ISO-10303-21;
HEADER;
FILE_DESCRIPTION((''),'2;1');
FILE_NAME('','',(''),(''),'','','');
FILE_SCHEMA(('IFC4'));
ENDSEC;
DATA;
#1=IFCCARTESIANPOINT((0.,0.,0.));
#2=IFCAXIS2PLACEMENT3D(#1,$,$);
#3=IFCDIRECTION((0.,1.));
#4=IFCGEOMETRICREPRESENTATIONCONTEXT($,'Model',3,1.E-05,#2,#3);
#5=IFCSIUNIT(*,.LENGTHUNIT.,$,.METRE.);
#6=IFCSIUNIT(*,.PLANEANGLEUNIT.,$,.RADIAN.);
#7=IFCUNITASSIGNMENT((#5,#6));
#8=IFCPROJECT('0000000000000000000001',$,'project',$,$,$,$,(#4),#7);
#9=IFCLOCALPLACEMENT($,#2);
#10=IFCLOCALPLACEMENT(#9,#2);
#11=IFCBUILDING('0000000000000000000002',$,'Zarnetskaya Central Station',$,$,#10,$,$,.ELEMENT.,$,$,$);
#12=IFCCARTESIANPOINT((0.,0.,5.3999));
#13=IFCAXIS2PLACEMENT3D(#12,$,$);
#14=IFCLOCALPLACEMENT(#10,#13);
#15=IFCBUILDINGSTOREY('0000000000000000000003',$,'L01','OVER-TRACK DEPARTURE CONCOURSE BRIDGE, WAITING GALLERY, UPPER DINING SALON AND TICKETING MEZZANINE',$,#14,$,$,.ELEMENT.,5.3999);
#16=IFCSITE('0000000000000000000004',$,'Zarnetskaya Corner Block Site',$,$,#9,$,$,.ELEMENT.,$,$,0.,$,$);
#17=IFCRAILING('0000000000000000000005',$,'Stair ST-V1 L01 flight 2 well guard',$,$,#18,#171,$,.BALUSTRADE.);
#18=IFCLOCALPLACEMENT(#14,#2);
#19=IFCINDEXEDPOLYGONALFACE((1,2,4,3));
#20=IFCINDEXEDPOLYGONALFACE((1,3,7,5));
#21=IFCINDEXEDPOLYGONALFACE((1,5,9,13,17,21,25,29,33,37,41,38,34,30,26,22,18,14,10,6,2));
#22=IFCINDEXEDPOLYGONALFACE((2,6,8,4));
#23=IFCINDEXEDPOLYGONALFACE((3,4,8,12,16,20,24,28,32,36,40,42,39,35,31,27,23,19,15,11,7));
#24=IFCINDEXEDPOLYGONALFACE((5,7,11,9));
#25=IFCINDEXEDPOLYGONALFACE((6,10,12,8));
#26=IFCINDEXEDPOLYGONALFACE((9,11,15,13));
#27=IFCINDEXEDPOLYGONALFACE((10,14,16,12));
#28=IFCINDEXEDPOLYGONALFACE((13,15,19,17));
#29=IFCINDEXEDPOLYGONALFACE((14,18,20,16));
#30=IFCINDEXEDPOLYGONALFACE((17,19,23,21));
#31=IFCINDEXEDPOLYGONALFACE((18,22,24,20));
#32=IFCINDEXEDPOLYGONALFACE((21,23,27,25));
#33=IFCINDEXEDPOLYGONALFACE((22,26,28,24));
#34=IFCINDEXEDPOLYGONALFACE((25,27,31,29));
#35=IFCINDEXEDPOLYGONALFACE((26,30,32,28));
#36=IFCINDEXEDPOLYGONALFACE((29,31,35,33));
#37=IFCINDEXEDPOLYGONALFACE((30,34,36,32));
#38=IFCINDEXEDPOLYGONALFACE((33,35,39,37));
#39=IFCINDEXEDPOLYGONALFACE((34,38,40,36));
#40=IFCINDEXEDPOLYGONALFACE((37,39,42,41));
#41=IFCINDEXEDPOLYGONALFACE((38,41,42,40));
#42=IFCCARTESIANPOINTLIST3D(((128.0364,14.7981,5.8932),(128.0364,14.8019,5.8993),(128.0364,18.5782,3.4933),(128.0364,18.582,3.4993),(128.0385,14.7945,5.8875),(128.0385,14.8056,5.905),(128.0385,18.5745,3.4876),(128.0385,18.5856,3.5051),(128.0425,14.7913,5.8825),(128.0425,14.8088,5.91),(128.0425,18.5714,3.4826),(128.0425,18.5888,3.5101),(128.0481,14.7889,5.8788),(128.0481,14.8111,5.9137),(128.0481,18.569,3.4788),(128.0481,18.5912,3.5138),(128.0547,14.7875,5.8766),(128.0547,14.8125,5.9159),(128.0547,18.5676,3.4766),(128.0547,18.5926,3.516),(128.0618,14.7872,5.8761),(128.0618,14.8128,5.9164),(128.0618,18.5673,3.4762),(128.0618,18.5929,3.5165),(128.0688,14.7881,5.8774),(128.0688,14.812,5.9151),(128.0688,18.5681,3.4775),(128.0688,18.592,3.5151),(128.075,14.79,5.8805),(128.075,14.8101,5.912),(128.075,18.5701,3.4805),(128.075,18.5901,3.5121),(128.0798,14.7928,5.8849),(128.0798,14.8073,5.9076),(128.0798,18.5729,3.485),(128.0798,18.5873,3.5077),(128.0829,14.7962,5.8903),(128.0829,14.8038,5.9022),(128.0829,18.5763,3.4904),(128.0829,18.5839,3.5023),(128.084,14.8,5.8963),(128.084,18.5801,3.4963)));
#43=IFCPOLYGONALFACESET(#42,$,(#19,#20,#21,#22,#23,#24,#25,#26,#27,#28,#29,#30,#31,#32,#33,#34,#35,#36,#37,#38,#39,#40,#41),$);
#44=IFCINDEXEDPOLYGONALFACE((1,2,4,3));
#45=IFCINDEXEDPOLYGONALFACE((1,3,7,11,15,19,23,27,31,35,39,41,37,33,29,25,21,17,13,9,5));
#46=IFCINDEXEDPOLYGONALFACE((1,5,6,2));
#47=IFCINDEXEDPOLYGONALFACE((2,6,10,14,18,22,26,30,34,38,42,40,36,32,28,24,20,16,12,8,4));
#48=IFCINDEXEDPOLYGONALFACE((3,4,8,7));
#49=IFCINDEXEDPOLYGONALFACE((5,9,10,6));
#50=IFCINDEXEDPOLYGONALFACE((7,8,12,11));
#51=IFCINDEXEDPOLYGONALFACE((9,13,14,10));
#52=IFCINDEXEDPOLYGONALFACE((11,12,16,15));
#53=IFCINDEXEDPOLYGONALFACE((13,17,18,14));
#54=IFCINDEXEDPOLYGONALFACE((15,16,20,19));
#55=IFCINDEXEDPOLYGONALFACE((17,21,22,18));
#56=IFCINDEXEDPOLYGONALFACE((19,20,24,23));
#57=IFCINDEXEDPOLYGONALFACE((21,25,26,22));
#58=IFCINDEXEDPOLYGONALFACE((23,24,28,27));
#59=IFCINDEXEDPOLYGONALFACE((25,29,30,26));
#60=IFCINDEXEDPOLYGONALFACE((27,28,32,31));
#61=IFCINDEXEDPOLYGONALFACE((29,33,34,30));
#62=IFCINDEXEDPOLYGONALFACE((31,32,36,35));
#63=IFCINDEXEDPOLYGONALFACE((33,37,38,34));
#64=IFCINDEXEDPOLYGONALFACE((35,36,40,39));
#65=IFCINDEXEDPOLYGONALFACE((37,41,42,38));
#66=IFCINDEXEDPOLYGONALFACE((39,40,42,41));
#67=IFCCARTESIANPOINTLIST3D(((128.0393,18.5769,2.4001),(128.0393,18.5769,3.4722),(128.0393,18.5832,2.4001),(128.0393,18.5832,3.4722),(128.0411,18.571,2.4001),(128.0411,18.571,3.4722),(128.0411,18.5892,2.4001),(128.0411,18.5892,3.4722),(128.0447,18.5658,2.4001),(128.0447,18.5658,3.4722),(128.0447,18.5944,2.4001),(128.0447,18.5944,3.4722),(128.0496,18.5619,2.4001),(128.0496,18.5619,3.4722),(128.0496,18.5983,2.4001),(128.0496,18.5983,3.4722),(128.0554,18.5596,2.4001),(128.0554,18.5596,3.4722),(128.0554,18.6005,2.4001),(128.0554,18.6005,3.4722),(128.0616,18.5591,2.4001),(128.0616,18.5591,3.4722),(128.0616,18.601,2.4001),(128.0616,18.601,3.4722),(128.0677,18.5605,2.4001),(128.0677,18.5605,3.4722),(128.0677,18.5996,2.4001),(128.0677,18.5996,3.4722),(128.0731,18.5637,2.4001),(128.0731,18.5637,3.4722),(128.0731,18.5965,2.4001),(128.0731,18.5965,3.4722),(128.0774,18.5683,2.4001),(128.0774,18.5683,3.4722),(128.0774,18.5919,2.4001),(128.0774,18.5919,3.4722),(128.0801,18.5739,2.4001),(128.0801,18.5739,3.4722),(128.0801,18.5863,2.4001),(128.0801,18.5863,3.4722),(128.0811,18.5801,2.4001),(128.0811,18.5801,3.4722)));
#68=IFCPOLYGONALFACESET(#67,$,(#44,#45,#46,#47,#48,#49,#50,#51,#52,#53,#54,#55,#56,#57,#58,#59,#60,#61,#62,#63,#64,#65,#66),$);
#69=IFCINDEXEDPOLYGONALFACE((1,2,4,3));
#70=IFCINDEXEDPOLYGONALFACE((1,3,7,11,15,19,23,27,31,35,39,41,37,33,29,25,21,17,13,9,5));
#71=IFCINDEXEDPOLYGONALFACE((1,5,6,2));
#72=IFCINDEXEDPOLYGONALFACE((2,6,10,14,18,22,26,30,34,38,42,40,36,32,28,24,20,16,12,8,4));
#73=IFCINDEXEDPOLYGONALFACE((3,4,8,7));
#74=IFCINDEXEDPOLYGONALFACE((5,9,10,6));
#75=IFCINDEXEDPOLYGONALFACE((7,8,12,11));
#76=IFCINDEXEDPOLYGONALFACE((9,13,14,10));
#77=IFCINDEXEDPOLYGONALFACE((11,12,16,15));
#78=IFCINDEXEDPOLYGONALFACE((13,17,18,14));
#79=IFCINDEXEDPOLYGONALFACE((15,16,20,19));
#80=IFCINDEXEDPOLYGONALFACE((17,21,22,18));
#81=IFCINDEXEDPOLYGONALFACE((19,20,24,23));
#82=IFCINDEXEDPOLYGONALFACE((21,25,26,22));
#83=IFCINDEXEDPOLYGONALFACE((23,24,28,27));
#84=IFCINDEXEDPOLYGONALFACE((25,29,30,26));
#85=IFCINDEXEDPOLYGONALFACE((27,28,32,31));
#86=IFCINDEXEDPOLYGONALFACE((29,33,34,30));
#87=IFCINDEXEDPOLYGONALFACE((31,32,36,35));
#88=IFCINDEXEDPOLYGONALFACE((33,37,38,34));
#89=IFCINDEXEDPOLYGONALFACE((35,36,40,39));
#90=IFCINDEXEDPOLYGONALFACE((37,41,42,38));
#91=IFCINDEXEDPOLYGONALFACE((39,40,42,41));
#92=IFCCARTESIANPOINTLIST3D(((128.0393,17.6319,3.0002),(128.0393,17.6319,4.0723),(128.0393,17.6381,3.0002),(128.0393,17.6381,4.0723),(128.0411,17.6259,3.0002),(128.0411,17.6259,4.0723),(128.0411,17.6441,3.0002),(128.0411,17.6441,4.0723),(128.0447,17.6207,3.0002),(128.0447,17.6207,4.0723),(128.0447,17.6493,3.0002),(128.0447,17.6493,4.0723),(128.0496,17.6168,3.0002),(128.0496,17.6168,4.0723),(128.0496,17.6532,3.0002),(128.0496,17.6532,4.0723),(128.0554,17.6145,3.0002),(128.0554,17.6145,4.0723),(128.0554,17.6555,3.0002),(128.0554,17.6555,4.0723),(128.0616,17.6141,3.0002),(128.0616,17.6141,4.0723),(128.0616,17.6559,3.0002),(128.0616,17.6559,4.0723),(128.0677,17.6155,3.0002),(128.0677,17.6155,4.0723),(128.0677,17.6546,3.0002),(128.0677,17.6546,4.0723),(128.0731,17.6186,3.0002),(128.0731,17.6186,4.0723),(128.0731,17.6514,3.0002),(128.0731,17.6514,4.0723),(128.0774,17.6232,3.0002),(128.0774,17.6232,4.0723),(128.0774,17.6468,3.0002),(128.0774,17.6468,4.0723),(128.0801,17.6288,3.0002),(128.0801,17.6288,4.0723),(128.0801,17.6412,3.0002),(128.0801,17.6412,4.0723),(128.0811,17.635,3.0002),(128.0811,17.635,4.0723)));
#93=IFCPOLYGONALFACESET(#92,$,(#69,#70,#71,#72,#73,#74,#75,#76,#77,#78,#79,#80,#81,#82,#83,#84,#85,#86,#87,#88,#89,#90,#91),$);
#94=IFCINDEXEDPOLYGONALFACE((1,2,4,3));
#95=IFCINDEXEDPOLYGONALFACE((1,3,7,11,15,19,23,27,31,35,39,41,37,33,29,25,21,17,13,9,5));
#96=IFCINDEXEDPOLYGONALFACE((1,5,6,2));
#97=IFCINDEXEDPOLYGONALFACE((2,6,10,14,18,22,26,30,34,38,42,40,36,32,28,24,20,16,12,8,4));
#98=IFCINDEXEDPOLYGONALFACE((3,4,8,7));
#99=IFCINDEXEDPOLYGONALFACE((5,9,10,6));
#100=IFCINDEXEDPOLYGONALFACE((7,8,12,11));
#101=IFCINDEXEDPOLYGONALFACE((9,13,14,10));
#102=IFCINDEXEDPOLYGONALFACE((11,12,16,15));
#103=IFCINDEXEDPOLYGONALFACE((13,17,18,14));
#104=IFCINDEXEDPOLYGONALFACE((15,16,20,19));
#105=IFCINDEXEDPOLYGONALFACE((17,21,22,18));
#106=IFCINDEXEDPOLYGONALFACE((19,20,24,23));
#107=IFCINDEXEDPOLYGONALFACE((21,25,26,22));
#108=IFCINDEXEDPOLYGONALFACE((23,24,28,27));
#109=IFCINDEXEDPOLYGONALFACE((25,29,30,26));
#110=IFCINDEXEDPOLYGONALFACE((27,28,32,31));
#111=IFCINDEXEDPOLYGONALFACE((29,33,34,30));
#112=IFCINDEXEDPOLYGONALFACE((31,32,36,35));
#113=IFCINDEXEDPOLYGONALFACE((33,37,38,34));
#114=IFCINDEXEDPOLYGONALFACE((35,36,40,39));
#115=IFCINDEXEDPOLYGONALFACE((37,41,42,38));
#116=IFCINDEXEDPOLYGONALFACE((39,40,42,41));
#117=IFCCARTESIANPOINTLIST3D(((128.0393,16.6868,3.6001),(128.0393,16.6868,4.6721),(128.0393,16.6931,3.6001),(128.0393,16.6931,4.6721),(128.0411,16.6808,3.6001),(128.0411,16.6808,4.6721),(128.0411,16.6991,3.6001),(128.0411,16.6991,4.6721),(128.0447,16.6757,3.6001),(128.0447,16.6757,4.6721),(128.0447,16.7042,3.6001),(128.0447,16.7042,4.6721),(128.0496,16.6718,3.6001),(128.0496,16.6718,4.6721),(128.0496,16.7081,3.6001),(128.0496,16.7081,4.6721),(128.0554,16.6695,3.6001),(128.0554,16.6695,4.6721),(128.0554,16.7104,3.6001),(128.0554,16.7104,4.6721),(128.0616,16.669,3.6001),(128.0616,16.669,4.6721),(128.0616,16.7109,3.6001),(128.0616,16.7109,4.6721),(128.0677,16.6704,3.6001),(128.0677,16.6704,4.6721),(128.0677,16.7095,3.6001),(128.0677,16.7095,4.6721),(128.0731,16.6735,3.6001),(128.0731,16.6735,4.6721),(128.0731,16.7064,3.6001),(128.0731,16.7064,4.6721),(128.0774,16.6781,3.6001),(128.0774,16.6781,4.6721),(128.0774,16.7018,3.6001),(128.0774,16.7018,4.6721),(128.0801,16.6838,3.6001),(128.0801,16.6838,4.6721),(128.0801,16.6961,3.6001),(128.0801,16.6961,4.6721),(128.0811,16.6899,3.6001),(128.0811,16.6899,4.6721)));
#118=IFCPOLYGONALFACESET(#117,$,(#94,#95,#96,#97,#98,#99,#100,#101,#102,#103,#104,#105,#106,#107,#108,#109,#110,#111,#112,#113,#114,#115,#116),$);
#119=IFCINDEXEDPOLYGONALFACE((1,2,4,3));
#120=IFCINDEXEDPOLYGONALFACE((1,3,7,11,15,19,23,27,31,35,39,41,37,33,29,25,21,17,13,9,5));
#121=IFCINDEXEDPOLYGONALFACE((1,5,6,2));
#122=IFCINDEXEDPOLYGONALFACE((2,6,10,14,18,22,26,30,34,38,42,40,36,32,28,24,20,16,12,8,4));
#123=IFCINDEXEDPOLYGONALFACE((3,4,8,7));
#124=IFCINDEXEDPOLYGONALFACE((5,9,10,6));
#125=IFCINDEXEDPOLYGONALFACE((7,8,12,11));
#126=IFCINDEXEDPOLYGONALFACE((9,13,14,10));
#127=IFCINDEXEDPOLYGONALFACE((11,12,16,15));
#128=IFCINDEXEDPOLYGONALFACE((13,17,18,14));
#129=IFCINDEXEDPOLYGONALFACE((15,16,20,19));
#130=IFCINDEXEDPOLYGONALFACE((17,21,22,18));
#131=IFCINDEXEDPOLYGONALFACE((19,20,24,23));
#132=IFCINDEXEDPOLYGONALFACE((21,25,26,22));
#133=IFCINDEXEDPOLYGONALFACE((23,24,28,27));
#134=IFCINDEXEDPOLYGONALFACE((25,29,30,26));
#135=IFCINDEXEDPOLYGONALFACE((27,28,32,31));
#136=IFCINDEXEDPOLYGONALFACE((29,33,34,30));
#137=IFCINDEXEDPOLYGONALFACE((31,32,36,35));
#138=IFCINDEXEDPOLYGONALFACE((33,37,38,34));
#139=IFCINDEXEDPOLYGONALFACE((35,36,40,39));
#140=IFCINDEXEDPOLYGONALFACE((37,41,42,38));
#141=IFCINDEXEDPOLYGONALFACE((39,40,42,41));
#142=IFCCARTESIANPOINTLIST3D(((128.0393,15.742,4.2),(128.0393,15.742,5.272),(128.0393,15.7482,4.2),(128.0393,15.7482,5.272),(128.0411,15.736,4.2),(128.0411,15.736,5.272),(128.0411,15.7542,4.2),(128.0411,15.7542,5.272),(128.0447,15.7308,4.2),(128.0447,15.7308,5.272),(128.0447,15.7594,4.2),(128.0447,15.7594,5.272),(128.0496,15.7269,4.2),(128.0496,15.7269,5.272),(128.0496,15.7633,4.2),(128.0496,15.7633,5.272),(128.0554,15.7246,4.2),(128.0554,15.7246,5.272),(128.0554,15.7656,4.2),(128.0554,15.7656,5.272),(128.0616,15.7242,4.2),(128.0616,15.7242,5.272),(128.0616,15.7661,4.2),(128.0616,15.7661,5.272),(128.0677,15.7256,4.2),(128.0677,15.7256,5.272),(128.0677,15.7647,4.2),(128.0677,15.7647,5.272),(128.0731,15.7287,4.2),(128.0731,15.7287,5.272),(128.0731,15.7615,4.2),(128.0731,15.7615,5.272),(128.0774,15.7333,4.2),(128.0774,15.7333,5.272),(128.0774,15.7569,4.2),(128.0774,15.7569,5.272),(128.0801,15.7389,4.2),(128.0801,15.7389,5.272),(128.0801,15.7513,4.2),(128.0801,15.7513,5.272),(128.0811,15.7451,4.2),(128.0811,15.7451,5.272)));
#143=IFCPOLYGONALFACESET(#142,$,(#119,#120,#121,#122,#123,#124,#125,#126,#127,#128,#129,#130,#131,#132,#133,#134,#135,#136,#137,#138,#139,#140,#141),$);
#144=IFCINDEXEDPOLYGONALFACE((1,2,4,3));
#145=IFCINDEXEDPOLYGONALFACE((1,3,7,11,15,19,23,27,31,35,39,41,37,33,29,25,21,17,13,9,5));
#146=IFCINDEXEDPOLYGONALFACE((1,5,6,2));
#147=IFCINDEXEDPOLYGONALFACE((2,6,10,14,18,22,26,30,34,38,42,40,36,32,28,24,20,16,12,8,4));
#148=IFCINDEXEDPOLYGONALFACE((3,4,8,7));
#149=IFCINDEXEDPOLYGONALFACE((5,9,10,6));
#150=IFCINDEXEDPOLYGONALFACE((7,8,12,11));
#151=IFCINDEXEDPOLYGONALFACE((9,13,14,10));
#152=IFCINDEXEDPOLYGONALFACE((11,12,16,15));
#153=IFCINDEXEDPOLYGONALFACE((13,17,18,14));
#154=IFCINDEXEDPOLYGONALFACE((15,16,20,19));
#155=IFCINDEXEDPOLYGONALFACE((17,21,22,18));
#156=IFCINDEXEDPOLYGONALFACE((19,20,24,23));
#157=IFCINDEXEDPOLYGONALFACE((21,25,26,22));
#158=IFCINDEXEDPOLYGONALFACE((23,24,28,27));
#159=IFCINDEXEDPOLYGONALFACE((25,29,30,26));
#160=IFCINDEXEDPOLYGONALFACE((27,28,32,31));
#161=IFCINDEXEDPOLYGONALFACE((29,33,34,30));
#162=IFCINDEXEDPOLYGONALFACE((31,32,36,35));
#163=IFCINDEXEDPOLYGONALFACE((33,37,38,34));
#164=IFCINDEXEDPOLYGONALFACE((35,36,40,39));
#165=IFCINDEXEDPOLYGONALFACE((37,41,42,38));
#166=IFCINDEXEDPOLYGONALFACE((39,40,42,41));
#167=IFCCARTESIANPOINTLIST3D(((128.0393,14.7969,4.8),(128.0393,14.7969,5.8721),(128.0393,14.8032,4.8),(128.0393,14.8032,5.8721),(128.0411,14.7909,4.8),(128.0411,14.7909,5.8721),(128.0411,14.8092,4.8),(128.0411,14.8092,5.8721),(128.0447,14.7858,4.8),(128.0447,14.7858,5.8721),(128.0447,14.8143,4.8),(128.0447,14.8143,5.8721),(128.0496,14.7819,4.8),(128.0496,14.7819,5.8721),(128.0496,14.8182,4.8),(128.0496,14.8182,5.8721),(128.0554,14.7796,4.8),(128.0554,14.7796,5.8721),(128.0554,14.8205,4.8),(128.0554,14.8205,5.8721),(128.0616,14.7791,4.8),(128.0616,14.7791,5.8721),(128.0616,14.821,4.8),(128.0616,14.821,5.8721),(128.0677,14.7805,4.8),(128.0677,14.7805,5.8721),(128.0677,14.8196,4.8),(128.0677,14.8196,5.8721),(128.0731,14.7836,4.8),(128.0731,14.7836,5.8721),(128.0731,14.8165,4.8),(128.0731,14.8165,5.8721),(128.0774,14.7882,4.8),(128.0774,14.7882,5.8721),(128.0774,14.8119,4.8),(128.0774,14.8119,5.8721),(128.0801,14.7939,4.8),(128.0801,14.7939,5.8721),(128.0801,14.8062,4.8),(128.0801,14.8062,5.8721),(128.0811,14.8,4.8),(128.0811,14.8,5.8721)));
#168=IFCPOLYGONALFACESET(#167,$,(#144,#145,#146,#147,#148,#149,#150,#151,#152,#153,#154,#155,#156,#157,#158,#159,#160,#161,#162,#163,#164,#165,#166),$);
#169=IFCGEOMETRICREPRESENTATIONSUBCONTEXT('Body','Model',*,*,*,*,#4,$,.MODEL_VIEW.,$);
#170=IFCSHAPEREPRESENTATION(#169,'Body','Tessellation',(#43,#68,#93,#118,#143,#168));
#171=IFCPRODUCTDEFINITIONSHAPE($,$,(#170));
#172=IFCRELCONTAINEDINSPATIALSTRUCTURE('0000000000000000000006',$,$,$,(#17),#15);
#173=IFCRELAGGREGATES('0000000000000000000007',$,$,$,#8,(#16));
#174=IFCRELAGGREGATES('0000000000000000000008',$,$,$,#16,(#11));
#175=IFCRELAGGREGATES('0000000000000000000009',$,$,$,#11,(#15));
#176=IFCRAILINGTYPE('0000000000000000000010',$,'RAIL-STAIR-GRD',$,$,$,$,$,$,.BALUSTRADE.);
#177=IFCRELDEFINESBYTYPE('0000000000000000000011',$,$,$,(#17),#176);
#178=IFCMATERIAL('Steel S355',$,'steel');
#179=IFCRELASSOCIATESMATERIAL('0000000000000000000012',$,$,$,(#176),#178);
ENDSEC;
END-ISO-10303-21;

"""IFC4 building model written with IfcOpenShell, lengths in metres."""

from ifc_helpers import new_model, si_unit, direction, frame, origin, origin_2d, place, context, subcontext, project, spatial, circle, extrude, material, type_object, element, save


model = new_model("IFC4")

# Units and contexts
model_context = context("Model", 3, precision=1e-05, world=origin(), true_north=direction((0.0, 1.0)))
body_context = subcontext(model_context, "Body", "Model", "MODEL_VIEW")
ifc_project = project(units=[si_unit("LENGTHUNIT", "METRE"), si_unit("PLANEANGLEUNIT", "RADIAN")], contexts=[model_context])

# Site, building, storey
site_placement = place(None, origin())
site = spatial("IfcSite", under=ifc_project, at=site_placement, Name="Zarnetskaya Corner Block Site", CompositionType="ELEMENT", RefElevation=0.0)
building_placement = place(site_placement, origin())
building = spatial("IfcBuilding", under=site, at=building_placement, Name="Zarnetskaya Central Station", CompositionType="ELEMENT")
storey_placement = place(building_placement, frame((0.0, 0.0, 5.3999)))
storey = spatial("IfcBuildingStorey", under=building, at=storey_placement, Name="L01", Description="OVER-TRACK DEPARTURE CONCOURSE BRIDGE, WAITING GALLERY, UPPER DINING SALON AND TICKETING MEZZANINE", CompositionType="ELEMENT", Elevation=5.3999)

# Railing
ifc_material_1 = material(Name="Steel S355", Category="steel")
railing_type_1 = type_object("IfcRailingType", Name="RAIL-STAIR-GRD", PredefinedType="BALUSTRADE", material=ifc_material_1)
railing_1_placement = place(storey_placement, frame((128.0601, 18.5801, 2.4001)))
element("IfcRailing", 1, at=railing_1_placement, inside=storey, type_object=railing_type_1, Name="Stair ST-V1 L01 flight 2 well guard", PredefinedType="BALUSTRADE", context=body_context, shape_type="SweptSolid", body=[
    extrude(circle(Radius=0.0239, at=origin_2d()), frame((0.0, 0.0, 1.0962), z_axis=(0.0, -0.844225, 0.53599), x_axis=(1.0, 0.0, 0.0)), (0.0, 0.0, 1.0), 4.4775),
    extrude(circle(Radius=0.021, at=origin_2d()), origin(), (0.0, 0.0, 1.0), 1.072),
    extrude(circle(Radius=0.021, at=origin_2d()), frame((0.0, -0.9451, 0.6001)), (0.0, 0.0, 1.0), 1.072),
    extrude(circle(Radius=0.021, at=origin_2d()), frame((0.0, -1.8901, 1.2)), (0.0, 0.0, 1.0), 1.072),
    extrude(circle(Radius=0.021, at=origin_2d()), frame((0.0, -2.835, 1.7998)), (0.0, 0.0, 1.0), 1.072),
    extrude(circle(Radius=0.021, at=origin_2d()), frame((0.0, -3.78, 2.3999)), (0.0, 0.0, 1.0), 1.072),
])

save(model, "model.ifc")
